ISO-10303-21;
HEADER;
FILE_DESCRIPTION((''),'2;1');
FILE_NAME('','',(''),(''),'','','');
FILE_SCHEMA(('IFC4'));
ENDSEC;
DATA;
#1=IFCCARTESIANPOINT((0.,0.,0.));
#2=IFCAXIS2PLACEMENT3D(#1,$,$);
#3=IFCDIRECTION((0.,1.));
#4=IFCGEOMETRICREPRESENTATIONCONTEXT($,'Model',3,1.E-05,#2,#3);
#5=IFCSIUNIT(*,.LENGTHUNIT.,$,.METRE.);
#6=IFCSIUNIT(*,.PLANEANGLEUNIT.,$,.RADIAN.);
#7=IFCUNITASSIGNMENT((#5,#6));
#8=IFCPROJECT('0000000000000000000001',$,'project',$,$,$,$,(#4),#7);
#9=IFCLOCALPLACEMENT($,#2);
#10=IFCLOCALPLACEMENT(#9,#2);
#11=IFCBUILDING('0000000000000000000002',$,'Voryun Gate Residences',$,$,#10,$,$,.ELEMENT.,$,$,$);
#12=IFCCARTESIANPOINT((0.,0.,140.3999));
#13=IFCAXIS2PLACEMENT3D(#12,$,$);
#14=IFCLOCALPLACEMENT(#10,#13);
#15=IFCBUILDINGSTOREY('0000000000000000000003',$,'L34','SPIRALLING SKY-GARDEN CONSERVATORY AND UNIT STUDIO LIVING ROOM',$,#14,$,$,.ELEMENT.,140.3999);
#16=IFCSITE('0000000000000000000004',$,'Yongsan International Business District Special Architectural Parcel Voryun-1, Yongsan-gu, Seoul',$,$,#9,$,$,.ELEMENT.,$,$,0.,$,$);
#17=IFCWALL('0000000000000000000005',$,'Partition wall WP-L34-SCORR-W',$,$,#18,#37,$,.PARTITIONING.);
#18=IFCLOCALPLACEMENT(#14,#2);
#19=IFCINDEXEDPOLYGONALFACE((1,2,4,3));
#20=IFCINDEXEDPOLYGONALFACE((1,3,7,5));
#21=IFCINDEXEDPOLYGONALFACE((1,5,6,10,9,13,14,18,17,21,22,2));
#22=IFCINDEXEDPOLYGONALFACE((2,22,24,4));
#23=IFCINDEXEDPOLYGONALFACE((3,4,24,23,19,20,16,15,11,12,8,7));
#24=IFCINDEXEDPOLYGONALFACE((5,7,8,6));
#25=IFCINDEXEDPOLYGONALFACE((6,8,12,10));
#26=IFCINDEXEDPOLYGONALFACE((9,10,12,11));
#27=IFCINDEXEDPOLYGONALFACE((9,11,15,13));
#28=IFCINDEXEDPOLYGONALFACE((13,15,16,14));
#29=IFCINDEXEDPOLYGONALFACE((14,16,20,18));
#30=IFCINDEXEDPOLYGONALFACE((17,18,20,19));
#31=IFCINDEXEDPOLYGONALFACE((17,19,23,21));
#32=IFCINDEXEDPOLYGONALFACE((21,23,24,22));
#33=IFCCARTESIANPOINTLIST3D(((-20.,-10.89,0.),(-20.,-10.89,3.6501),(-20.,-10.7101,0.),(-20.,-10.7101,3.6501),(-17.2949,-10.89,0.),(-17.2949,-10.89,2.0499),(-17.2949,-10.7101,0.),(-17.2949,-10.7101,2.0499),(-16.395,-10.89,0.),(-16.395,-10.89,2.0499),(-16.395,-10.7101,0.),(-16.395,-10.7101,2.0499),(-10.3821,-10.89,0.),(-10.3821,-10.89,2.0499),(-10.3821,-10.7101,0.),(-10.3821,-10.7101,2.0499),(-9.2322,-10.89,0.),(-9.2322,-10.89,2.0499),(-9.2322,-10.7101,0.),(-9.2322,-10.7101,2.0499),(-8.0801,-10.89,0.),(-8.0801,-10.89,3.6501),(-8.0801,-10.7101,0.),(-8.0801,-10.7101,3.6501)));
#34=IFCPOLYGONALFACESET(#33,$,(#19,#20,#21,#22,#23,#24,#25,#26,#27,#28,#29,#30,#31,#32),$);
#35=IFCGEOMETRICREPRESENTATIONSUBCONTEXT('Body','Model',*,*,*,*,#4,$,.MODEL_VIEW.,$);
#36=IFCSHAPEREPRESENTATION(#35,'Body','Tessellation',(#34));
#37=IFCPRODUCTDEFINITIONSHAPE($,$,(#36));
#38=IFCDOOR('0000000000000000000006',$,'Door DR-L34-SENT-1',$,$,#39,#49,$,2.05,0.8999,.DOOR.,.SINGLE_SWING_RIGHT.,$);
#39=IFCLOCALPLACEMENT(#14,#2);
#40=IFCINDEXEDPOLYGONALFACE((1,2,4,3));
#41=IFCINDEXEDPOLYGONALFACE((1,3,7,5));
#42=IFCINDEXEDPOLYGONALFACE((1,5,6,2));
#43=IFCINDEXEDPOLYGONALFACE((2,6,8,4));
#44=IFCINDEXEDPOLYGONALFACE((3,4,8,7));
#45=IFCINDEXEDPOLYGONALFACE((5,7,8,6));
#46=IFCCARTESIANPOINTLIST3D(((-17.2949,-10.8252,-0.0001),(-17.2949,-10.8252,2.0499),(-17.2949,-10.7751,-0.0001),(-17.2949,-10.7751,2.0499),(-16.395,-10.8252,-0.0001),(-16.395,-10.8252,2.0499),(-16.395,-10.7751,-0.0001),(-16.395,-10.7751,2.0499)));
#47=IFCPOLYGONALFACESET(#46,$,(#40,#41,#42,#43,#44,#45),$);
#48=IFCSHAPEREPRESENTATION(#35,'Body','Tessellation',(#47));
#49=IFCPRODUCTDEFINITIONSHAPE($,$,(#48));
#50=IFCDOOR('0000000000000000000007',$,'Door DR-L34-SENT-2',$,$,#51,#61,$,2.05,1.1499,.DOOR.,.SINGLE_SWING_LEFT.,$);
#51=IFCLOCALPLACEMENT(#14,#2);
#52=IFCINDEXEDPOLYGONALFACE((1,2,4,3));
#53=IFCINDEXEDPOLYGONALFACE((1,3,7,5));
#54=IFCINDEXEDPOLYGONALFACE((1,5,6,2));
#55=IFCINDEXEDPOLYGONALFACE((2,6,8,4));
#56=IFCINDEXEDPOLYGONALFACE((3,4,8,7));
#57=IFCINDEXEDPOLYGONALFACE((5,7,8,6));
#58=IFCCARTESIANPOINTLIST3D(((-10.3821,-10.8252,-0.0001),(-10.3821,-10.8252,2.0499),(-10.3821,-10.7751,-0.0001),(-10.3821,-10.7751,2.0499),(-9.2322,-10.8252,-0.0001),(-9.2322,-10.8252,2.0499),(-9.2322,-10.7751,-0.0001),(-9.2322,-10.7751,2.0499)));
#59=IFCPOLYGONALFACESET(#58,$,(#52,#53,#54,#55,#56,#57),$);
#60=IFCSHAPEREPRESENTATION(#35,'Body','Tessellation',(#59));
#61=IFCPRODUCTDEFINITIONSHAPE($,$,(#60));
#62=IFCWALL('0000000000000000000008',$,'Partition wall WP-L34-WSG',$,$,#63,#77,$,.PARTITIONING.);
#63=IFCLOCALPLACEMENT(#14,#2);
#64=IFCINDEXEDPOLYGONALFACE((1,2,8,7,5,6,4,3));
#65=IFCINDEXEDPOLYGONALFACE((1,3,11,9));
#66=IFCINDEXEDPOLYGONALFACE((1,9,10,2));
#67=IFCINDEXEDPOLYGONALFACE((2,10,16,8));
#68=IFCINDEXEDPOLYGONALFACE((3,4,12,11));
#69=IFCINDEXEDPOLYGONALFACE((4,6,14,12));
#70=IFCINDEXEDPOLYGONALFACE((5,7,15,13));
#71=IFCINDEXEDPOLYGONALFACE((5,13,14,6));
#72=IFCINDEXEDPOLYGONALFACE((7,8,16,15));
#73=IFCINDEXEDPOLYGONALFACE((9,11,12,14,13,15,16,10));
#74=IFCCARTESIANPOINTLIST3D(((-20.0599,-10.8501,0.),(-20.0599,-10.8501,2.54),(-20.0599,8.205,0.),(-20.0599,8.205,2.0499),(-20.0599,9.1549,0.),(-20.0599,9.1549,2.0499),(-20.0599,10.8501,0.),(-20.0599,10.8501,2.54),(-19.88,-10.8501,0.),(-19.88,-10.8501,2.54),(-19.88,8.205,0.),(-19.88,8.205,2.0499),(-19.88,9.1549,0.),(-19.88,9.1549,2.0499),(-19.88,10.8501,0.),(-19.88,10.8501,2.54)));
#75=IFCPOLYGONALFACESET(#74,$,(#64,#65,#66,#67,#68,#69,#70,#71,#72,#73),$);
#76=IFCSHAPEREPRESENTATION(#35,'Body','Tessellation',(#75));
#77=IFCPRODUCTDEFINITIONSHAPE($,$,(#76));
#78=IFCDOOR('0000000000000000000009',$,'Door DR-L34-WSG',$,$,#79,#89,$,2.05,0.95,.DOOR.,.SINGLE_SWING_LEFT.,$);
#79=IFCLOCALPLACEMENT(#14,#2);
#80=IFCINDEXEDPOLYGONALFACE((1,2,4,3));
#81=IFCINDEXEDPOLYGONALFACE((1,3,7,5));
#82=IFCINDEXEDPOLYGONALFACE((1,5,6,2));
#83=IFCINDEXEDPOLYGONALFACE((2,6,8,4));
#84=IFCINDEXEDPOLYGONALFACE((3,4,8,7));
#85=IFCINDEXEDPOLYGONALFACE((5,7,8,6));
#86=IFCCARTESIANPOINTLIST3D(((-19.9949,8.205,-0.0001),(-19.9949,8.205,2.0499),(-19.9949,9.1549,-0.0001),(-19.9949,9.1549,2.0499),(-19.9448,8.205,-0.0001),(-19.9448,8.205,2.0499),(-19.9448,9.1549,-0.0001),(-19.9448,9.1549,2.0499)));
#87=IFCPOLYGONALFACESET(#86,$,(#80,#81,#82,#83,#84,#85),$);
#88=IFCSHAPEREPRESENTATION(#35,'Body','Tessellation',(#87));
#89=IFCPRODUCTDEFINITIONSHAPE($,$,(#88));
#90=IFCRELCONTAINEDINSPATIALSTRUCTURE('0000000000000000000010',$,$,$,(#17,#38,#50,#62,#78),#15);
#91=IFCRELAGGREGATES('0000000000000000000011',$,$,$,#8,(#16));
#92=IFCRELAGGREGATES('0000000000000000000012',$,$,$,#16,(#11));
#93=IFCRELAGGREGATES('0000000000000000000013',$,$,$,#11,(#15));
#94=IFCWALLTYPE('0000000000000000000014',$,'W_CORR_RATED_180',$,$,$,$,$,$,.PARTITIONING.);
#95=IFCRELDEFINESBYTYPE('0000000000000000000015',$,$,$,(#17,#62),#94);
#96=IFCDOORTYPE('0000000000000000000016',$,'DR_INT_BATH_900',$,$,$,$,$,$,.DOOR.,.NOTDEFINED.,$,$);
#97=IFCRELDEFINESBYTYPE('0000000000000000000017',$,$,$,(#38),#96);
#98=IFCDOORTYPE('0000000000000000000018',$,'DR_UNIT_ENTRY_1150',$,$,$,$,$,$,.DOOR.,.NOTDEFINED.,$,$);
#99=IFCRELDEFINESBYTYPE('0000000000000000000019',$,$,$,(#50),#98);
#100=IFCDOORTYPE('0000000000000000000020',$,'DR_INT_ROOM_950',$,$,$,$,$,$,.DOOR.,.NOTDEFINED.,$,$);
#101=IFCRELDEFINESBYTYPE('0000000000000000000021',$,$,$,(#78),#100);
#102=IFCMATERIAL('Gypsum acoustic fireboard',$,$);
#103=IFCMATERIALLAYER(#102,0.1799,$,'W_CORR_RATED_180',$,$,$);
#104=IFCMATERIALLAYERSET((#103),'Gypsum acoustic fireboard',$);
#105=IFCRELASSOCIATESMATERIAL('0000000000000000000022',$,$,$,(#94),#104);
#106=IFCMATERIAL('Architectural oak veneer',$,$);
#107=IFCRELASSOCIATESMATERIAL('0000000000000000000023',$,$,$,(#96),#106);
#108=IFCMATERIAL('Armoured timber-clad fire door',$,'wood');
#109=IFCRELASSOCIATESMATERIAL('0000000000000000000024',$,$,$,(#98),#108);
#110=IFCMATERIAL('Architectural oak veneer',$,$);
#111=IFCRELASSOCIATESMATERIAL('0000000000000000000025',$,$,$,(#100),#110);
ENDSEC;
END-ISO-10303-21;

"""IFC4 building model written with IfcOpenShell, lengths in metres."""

from ifc_helpers import new_model, si_unit, direction, frame, frame_2d, origin, place, context, subcontext, project, spatial, rectangle, extrude, material, layer, layer_set, type_object, element, fill, save


model = new_model("IFC4")

# Units and contexts
model_context = context("Model", 3, precision=1e-05, world=origin(), true_north=direction((0.0, 1.0)))
body_context = subcontext(model_context, "Body", "Model", "MODEL_VIEW")
ifc_project = project(units=[si_unit("LENGTHUNIT", "METRE"), si_unit("PLANEANGLEUNIT", "RADIAN")], contexts=[model_context])

# Site, building, storey
site_placement = place(None, origin())
site = spatial("IfcSite", under=ifc_project, at=site_placement, Name="Yongsan International Business District Special Architectural Parcel Voryun-1, Yongsan-gu, Seoul", CompositionType="ELEMENT", RefElevation=0.0)
building_placement = place(site_placement, origin())
building = spatial("IfcBuilding", under=site, at=building_placement, Name="Voryun Gate Residences", CompositionType="ELEMENT")
storey_placement = place(building_placement, frame((0.0, 0.0, 140.3999)))
storey = spatial("IfcBuildingStorey", under=building, at=storey_placement, Name="L34", Description="SPIRALLING SKY-GARDEN CONSERVATORY AND UNIT STUDIO LIVING ROOM", CompositionType="ELEMENT", Elevation=140.3999)

# Wall, openings, doors
ifc_material_1 = material(Name="Gypsum acoustic fireboard")
ifc_layer_1 = layer(ifc_material_1, 0.1799, Name="W_CORR_RATED_180")
ifc_layer_set_1 = layer_set([ifc_layer_1], Name="Gypsum acoustic fireboard")
wall_type_1 = type_object("IfcWallType", Name="W_CORR_RATED_180", PredefinedType="PARTITIONING", material=ifc_layer_set_1)
wall_1_placement = place(storey_placement, frame((-20.0, -10.8, 0.0), z_axis=(0.0, 0.0, 1.0), x_axis=(1.0, 0.0, 0.0)))
wall_1 = element("IfcWall", 1, at=wall_1_placement, inside=storey, type_object=wall_type_1, Name="Partition wall WP-L34-SCORR-W", PredefinedType="PARTITIONING", context=body_context, shape_type="SweptSolid", body=[
    extrude(rectangle(XDim=11.9199, YDim=0.1799, at=frame_2d((5.96, 0.0))), origin(), (0.0, 0.0, 1.0), 3.6501),
])
opening_1_placement = place(wall_1_placement, frame((2.7051, 0.0, 0.0)))
opening_1 = element("IfcOpeningElement", 2, at=opening_1_placement, cuts=wall_1, PredefinedType="OPENING", context=body_context, shape_type="SweptSolid", body=[
    extrude(rectangle(XDim=0.8999, YDim=2.05, at=frame_2d((0.45, 1.0249))), frame((0.0, 0.0999, 0.0), z_axis=(0.0, -1.0, 0.0), x_axis=(1.0, 0.0, 0.0)), (0.0, 0.0, 1.0), 0.2),
])
opening_2_placement = place(wall_1_placement, frame((9.6179, 0.0, 0.0)))
opening_2 = element("IfcOpeningElement", 3, at=opening_2_placement, cuts=wall_1, PredefinedType="OPENING", context=body_context, shape_type="SweptSolid", body=[
    extrude(rectangle(XDim=1.1499, YDim=2.05, at=frame_2d((0.575, 1.0249))), frame((0.0, 0.0999, 0.0), z_axis=(0.0, -1.0, 0.0), x_axis=(1.0, 0.0, 0.0)), (0.0, 0.0, 1.0), 0.2),
])
ifc_material_2 = material(Name="Architectural oak veneer")
door_type_1 = type_object("IfcDoorType", Name="DR_INT_BATH_900", OperationType="NOTDEFINED", PredefinedType="DOOR", material=ifc_material_2)
door_1_placement = place(opening_1_placement, origin())
door_1 = element("IfcDoor", 4, at=door_1_placement, inside=storey, type_object=door_type_1, Name="Door DR-L34-SENT-1", OperationType="SINGLE_SWING_RIGHT", OverallHeight=2.05, OverallWidth=0.8999, PredefinedType="DOOR", context=body_context, shape_type="SweptSolid", body=[
    extrude(rectangle(XDim=0.8999, YDim=2.05, at=frame_2d((0.45, 1.0249))), frame((0.0, 0.0249, 0.0), z_axis=(0.0, -1.0, 0.0), x_axis=(1.0, 0.0, 0.0)), (0.0, 0.0, 1.0), 0.05),
])
fill(opening_1, door_1)
ifc_material_3 = material(Name="Armoured timber-clad fire door", Category="wood")
door_type_2 = type_object("IfcDoorType", Name="DR_UNIT_ENTRY_1150", OperationType="NOTDEFINED", PredefinedType="DOOR", material=ifc_material_3)
door_2_placement = place(opening_2_placement, origin())
door_2 = element("IfcDoor", 5, at=door_2_placement, inside=storey, type_object=door_type_2, Name="Door DR-L34-SENT-2", OperationType="SINGLE_SWING_LEFT", OverallHeight=2.05, OverallWidth=1.1499, PredefinedType="DOOR", context=body_context, shape_type="SweptSolid", body=[
    extrude(rectangle(XDim=1.1499, YDim=2.05, at=frame_2d((0.575, 1.0249))), frame((0.0, 0.0249, 0.0), z_axis=(0.0, -1.0, 0.0), x_axis=(1.0, 0.0, 0.0)), (0.0, 0.0, 1.0), 0.05),
])
fill(opening_2, door_2)

# Wall, opening, door
wall_2_placement = place(storey_placement, frame((-19.97, -10.8501, 0.0), z_axis=(0.0, 0.0, 1.0), x_axis=(0.0, 1.0, 0.0)))
wall_2 = element("IfcWall", 6, at=wall_2_placement, inside=storey, type_object=wall_type_1, Name="Partition wall WP-L34-WSG", PredefinedType="PARTITIONING", context=body_context, shape_type="SweptSolid", body=[
    extrude(rectangle(XDim=21.7002, YDim=0.1799, at=frame_2d((10.8501, 0.0))), origin(), (0.0, 0.0, 1.0), 2.54),
])
opening_3_placement = place(wall_2_placement, frame((19.0549, 0.0, 0.0)))
opening_3 = element("IfcOpeningElement", 7, at=opening_3_placement, cuts=wall_2, PredefinedType="OPENING", context=body_context, shape_type="SweptSolid", body=[
    extrude(rectangle(XDim=0.95, YDim=2.05, at=frame_2d((0.4751, 1.0249))), frame((0.0, 0.0999, 0.0), z_axis=(0.0, -1.0, 0.0), x_axis=(1.0, 0.0, 0.0)), (0.0, 0.0, 1.0), 0.2),
])
ifc_material_4 = material(Name="Architectural oak veneer")
door_type_3 = type_object("IfcDoorType", Name="DR_INT_ROOM_950", OperationType="NOTDEFINED", PredefinedType="DOOR", material=ifc_material_4)
door_3_placement = place(opening_3_placement, origin())
door_3 = element("IfcDoor", 8, at=door_3_placement, inside=storey, type_object=door_type_3, Name="Door DR-L34-WSG", OperationType="SINGLE_SWING_LEFT", OverallHeight=2.05, OverallWidth=0.95, PredefinedType="DOOR", context=body_context, shape_type="SweptSolid", body=[
    extrude(rectangle(XDim=0.95, YDim=2.05, at=frame_2d((0.4751, 1.0249))), frame((0.0, 0.0249, 0.0), z_axis=(0.0, -1.0, 0.0), x_axis=(1.0, 0.0, 0.0)), (0.0, 0.0, 1.0), 0.05),
])
fill(opening_3, door_3)

save(model, "model.ifc")
